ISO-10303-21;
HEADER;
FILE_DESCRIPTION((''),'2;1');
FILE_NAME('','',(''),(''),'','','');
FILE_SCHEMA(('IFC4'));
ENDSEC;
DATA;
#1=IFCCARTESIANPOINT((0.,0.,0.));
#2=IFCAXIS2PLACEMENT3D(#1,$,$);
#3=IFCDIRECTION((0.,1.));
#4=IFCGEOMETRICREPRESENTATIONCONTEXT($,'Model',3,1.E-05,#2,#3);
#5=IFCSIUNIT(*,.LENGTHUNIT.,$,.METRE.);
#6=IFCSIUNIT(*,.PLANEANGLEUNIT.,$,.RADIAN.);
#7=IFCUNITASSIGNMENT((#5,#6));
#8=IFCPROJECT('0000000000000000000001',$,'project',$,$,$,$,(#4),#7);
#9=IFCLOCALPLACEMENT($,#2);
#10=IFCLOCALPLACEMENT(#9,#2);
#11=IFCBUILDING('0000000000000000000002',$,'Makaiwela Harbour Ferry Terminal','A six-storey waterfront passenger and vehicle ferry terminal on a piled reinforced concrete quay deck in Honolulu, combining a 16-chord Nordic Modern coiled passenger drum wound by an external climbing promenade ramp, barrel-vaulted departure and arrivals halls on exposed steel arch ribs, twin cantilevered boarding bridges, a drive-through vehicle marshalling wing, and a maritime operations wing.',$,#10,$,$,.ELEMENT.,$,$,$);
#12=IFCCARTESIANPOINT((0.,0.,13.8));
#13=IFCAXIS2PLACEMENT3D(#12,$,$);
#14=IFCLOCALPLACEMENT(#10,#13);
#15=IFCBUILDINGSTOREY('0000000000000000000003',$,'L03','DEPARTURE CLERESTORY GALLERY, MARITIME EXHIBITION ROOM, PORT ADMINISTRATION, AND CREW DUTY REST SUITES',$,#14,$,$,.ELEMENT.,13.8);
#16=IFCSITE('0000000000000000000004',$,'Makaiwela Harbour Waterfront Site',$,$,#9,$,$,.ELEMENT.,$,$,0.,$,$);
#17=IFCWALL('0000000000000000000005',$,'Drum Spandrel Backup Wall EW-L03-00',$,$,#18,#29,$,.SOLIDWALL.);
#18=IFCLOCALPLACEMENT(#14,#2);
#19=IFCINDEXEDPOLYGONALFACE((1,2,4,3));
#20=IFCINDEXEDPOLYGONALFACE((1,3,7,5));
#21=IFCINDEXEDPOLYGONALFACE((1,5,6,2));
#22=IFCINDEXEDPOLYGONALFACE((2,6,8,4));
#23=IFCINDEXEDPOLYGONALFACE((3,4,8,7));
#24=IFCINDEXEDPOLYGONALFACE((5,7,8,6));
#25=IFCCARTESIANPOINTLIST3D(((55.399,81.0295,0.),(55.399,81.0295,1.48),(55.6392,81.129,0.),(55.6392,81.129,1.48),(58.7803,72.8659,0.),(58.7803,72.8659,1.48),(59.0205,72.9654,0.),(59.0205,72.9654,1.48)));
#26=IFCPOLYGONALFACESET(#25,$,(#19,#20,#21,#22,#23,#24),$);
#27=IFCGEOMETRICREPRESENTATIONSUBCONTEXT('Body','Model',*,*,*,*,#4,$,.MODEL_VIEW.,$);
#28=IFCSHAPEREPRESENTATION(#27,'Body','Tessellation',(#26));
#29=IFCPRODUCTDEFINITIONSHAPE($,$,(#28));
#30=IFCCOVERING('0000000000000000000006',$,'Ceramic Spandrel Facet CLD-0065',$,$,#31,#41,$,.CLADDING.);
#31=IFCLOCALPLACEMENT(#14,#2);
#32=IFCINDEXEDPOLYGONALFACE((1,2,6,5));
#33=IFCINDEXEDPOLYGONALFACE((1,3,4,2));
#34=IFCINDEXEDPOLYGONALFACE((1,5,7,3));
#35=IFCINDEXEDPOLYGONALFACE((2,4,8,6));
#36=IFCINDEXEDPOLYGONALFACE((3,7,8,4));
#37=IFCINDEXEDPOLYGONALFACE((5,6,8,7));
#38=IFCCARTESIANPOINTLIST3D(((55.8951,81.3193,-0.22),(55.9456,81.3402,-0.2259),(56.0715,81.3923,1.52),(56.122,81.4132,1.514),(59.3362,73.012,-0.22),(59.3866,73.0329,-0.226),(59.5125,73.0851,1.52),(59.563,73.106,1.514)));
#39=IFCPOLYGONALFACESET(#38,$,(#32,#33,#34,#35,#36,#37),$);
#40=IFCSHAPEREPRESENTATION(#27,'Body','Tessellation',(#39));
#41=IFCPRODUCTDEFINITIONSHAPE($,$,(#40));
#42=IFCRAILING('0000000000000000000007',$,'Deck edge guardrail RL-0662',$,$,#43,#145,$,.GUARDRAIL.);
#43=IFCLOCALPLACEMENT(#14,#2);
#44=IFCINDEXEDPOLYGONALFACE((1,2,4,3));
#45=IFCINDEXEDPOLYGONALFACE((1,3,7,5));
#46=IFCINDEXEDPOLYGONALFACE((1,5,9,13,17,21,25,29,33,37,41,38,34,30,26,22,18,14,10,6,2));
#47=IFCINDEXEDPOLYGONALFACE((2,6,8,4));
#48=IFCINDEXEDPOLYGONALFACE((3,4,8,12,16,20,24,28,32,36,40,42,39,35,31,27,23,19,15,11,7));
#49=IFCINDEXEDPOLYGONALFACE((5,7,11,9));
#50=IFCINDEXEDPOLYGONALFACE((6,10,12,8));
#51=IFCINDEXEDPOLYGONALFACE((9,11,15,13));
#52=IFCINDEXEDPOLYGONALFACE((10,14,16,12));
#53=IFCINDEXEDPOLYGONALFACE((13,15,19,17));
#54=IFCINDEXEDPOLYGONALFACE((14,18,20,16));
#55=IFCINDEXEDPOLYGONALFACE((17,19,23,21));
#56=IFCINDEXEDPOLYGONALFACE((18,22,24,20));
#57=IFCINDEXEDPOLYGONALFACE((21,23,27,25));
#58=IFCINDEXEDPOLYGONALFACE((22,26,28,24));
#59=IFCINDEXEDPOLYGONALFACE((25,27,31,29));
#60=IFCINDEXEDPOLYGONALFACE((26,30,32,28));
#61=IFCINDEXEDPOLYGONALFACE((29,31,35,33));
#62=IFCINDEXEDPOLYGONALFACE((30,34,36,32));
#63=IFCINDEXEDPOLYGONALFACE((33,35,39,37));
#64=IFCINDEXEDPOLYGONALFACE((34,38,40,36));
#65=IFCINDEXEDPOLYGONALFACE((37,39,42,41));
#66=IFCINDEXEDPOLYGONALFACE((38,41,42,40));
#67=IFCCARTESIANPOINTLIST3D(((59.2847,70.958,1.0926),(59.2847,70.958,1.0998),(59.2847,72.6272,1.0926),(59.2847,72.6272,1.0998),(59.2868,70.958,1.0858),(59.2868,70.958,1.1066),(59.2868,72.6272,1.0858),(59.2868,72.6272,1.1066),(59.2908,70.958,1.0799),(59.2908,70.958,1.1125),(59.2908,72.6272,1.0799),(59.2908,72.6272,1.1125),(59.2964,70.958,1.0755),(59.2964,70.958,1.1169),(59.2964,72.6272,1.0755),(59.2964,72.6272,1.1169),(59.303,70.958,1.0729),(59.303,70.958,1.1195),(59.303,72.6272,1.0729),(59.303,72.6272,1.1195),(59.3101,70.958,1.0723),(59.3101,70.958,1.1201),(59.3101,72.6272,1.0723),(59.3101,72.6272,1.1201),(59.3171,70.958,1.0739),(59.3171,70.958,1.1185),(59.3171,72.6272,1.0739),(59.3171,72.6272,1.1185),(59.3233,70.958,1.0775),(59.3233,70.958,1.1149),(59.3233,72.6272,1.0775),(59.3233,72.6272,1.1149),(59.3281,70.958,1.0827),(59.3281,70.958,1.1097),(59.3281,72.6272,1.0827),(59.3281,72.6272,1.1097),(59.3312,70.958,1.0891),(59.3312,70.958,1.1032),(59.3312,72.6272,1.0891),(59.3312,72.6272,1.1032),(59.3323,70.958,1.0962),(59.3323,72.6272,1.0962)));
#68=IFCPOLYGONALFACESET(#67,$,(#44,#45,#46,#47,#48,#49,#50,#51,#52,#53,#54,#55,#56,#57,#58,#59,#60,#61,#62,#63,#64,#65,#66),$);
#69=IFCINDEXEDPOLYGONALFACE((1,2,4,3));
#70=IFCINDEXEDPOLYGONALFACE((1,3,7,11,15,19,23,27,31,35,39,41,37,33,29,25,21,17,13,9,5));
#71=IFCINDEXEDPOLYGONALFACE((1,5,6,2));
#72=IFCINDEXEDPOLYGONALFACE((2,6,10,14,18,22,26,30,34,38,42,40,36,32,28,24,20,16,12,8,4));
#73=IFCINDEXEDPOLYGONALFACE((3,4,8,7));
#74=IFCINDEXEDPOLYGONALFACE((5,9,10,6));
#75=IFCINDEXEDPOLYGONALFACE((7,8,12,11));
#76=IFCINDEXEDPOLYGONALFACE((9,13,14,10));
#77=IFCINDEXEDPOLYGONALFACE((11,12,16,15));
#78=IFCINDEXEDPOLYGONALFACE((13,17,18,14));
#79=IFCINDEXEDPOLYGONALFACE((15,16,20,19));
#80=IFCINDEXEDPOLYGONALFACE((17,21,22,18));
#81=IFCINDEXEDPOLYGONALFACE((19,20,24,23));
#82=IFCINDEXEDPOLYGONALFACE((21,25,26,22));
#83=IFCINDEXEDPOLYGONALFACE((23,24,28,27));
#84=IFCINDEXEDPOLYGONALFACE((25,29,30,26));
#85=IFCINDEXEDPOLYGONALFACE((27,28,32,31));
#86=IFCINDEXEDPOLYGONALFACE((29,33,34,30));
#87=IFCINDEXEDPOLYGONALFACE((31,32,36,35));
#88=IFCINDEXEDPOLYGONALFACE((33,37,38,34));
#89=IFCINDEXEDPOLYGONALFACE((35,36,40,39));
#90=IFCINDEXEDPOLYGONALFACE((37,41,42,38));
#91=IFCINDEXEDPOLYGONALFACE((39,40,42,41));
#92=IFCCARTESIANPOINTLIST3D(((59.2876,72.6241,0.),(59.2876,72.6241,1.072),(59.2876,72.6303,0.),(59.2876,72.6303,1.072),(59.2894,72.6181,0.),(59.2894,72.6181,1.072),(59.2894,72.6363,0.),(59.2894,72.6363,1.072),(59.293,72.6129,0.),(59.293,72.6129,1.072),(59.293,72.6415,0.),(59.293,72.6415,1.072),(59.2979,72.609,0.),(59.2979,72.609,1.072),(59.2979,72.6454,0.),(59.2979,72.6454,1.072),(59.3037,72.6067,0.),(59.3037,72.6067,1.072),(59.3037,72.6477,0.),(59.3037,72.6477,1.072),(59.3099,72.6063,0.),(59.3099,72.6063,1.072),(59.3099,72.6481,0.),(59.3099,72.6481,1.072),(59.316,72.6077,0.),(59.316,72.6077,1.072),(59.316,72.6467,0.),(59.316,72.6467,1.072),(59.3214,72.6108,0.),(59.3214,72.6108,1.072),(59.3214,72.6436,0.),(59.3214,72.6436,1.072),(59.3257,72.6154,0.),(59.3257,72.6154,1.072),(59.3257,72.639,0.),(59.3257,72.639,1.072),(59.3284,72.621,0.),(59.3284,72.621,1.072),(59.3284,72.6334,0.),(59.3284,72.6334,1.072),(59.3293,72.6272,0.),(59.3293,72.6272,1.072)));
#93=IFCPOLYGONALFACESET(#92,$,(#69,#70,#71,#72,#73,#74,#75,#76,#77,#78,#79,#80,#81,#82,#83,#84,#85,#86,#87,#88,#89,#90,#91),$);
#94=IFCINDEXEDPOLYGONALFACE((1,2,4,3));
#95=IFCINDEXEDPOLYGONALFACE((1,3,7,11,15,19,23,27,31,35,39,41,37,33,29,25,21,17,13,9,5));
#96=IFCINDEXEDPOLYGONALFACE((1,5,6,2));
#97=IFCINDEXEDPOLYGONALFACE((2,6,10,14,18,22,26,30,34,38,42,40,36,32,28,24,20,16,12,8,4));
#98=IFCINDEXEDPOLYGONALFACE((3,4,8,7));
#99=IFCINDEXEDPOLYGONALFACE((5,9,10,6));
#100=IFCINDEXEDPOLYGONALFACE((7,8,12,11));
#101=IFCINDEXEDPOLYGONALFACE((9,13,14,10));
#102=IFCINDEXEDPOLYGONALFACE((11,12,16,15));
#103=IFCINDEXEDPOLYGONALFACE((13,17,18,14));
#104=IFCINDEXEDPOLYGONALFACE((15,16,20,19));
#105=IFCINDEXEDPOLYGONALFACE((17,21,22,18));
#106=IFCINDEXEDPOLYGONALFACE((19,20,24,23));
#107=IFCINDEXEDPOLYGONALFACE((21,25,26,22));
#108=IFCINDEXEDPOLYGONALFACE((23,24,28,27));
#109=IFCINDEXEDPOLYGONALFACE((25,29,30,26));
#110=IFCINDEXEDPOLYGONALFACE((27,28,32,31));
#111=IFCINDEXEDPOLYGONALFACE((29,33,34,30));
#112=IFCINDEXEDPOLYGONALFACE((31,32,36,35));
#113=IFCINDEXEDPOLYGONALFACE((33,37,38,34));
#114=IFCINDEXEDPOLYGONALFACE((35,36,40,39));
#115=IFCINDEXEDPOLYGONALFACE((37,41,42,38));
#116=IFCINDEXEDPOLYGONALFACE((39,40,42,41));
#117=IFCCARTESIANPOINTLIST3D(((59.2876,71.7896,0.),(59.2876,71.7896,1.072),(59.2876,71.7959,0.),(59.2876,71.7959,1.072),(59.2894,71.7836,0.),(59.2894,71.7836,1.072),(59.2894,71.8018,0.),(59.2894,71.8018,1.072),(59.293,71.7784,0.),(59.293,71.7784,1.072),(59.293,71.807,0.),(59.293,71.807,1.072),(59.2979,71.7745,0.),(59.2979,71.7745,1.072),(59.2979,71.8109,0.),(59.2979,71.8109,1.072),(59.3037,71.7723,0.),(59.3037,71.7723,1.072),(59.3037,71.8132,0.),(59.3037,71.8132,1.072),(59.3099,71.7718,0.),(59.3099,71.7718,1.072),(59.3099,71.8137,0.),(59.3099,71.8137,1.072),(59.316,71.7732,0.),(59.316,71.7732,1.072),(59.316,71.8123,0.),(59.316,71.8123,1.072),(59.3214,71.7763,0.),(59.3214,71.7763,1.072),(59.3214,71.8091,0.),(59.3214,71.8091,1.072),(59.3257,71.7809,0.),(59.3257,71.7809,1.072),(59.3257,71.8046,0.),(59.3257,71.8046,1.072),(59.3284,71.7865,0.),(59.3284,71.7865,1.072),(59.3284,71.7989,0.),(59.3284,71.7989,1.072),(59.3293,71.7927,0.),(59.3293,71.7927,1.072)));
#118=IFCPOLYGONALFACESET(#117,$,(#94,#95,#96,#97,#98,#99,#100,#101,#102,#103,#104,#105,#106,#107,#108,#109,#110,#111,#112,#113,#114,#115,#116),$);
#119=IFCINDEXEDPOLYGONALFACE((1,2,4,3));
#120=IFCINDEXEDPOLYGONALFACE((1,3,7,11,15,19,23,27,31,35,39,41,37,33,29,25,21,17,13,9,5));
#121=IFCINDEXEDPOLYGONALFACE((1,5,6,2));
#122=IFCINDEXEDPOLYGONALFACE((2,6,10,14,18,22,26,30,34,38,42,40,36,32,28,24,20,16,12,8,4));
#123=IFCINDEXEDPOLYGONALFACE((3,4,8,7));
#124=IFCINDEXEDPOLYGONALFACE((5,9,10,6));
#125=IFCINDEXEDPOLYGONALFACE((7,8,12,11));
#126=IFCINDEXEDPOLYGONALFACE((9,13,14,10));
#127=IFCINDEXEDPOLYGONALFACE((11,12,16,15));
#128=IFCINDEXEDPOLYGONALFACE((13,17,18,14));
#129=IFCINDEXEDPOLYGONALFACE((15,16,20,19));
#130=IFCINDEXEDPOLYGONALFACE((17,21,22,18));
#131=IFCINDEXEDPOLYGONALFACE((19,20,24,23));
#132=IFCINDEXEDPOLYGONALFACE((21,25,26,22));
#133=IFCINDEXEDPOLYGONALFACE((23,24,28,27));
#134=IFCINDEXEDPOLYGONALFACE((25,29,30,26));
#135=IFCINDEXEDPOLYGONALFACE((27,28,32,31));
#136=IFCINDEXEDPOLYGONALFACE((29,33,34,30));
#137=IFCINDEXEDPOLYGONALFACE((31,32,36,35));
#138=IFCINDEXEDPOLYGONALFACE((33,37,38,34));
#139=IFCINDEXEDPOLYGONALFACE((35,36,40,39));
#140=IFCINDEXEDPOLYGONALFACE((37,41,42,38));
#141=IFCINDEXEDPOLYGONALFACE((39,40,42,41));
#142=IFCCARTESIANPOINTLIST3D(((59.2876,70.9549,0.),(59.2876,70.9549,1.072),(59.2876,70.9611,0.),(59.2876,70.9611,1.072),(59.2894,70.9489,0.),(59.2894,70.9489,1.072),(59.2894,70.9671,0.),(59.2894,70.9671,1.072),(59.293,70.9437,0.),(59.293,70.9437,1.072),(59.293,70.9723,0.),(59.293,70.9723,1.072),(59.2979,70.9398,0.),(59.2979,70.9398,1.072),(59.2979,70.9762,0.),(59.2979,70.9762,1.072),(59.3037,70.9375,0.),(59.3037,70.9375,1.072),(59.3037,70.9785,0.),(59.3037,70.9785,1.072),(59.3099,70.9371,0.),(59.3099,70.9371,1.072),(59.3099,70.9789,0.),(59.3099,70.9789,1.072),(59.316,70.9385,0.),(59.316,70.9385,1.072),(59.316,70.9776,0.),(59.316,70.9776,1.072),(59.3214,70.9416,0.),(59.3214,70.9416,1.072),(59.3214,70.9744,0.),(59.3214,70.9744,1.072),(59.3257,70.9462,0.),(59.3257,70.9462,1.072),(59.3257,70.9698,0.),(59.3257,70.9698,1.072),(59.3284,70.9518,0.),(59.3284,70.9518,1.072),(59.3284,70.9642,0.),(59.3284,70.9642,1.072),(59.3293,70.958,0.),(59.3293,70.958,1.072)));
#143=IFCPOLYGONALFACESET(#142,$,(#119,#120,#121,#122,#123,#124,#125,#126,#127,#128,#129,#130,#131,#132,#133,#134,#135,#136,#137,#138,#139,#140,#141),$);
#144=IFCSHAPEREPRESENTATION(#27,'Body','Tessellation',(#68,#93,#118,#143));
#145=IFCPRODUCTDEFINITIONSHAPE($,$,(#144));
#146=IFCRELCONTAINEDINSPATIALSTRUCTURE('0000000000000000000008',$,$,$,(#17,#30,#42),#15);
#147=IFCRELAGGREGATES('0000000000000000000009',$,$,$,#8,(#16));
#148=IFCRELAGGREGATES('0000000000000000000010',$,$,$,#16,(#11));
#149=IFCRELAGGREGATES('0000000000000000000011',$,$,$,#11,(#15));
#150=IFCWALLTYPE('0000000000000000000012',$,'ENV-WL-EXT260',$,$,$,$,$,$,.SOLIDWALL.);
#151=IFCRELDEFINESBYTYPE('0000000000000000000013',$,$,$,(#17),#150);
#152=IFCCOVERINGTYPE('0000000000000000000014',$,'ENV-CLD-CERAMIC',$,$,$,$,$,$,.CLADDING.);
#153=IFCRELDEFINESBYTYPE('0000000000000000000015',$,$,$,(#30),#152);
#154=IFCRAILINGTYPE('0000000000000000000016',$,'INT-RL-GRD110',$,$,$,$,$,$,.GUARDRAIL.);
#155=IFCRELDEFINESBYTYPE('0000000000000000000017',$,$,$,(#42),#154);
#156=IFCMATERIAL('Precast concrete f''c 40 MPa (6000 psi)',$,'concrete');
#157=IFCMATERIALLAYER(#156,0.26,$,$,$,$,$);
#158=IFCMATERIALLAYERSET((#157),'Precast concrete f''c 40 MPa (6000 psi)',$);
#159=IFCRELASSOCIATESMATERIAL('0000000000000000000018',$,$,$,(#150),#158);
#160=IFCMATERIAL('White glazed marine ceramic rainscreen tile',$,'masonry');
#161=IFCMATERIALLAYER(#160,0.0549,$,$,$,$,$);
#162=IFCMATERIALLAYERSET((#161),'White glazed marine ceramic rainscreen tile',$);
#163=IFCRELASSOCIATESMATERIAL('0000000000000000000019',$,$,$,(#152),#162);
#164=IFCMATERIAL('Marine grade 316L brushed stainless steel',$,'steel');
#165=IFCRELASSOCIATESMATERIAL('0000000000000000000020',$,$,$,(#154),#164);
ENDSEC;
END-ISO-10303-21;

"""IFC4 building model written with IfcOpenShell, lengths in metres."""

from ifc_helpers import new_model, si_unit, direction, frame, frame_2d, origin, origin_2d, place, context, subcontext, project, spatial, polyline, rectangle, circle, outline, extrude, material, layer, layer_set, type_object, element, save


model = new_model("IFC4")

# Units and contexts
model_context = context("Model", 3, precision=1e-05, world=origin(), true_north=direction((0.0, 1.0)))
body_context = subcontext(model_context, "Body", "Model", "MODEL_VIEW")
ifc_project = project(units=[si_unit("LENGTHUNIT", "METRE"), si_unit("PLANEANGLEUNIT", "RADIAN")], contexts=[model_context])

# Site, building, storey
site_placement = place(None, origin())
site = spatial("IfcSite", under=ifc_project, at=site_placement, Name="Makaiwela Harbour Waterfront Site", CompositionType="ELEMENT", RefElevation=0.0)
building_placement = place(site_placement, origin())
building = spatial("IfcBuilding", under=site, at=building_placement, Name="Makaiwela Harbour Ferry Terminal", Description="A six-storey waterfront passenger and vehicle ferry terminal on a piled reinforced concrete quay deck in Honolulu, combining a 16-chord Nordic Modern coiled passenger drum wound by an external climbing promenade ramp, barrel-vaulted departure and arrivals halls on exposed steel arch ribs, twin cantilevered boarding bridges, a drive-through vehicle marshalling wing, and a maritime operations wing.", CompositionType="ELEMENT")
storey_placement = place(building_placement, frame((0.0, 0.0, 13.8)))
storey = spatial("IfcBuildingStorey", under=building, at=storey_placement, Name="L03", Description="DEPARTURE CLERESTORY GALLERY, MARITIME EXHIBITION ROOM, PORT ADMINISTRATION, AND CREW DUTY REST SUITES", CompositionType="ELEMENT", Elevation=13.8)

# Wall
ifc_material_1 = material(Name="Precast concrete f'c 40 MPa (6000 psi)", Category="concrete")
ifc_layer_1 = layer(ifc_material_1, 0.26)
ifc_layer_set_1 = layer_set([ifc_layer_1], Name="Precast concrete f'c 40 MPa (6000 psi)")
wall_type = type_object("IfcWallType", Name="ENV-WL-EXT260", PredefinedType="SOLIDWALL", material=ifc_layer_set_1)
wall_placement = place(storey_placement, frame((58.9004, 72.9158, 0.0), z_axis=(0.0, 0.0, 1.0), x_axis=(-0.382672, 0.923884, 0.0)))
element("IfcWall", 1, at=wall_placement, inside=storey, type_object=wall_type, Name="Drum Spandrel Backup Wall EW-L03-00", PredefinedType="SOLIDWALL", context=body_context, shape_type="SweptSolid", body=[
    extrude(rectangle(XDim=8.8362, YDim=0.26, at=frame_2d((4.418, 0.0))), origin(), (0.0, 0.0, 1.0), 1.48),
])

# Covering
ifc_material_2 = material(Name="White glazed marine ceramic rainscreen tile", Category="masonry")
ifc_layer_2 = layer(ifc_material_2, 0.0549)
ifc_layer_set_2 = layer_set([ifc_layer_2], Name="White glazed marine ceramic rainscreen tile")
covering_type = type_object("IfcCoveringType", Name="ENV-CLD-CERAMIC", PredefinedType="CLADDING", material=ifc_layer_set_2)
covering_placement = place(storey_placement, frame((59.3362, 73.012, -0.22), z_axis=(-0.918364, -0.380406, 0.109085), x_axis=(-0.382689, 0.923877, 0.000002)))
element("IfcCovering", 2, at=covering_placement, inside=storey, type_object=covering_type, Name="Ceramic Spandrel Facet CLD-0065", PredefinedType="CLADDING", context=body_context, shape_type="SweptSolid", body=[
    extrude(outline(polyline([(0.0, 0.0), (8.9918, 0.0), (8.9918, -1.7504), (0.0001, -1.7505), (0.0, 0.0)])), origin(), (0.0, 0.0, -1.0), 0.0549),
])

# Railing
ifc_material_3 = material(Name="Marine grade 316L brushed stainless steel", Category="steel")
railing_type = type_object("IfcRailingType", Name="INT-RL-GRD110", PredefinedType="GUARDRAIL", material=ifc_material_3)
railing_1_placement = place(storey_placement, frame((59.3083, 72.6272, 0.0)))
element("IfcRailing", 3, at=railing_1_placement, inside=storey, type_object=railing_type, Name="Deck edge guardrail RL-0662", PredefinedType="GUARDRAIL", context=body_context, shape_type="SweptSolid", body=[
    extrude(circle(Radius=0.0239, at=origin_2d()), frame((0.0, 0.0, 1.0962), z_axis=(0.0, -1.0, 0.0), x_axis=(1.0, 0.0, 0.0)), (0.0, 0.0, 1.0), 1.6692),
    extrude(circle(Radius=0.021, at=origin_2d()), origin(), (0.0, 0.0, 1.0), 1.072),
    extrude(circle(Radius=0.021, at=origin_2d()), frame((0.0, -0.8345, 0.0)), (0.0, 0.0, 1.0), 1.072),
    extrude(circle(Radius=0.021, at=origin_2d()), frame((0.0, -1.6692, 0.0)), (0.0, 0.0, 1.0), 1.072),
])

save(model, "model.ifc")
